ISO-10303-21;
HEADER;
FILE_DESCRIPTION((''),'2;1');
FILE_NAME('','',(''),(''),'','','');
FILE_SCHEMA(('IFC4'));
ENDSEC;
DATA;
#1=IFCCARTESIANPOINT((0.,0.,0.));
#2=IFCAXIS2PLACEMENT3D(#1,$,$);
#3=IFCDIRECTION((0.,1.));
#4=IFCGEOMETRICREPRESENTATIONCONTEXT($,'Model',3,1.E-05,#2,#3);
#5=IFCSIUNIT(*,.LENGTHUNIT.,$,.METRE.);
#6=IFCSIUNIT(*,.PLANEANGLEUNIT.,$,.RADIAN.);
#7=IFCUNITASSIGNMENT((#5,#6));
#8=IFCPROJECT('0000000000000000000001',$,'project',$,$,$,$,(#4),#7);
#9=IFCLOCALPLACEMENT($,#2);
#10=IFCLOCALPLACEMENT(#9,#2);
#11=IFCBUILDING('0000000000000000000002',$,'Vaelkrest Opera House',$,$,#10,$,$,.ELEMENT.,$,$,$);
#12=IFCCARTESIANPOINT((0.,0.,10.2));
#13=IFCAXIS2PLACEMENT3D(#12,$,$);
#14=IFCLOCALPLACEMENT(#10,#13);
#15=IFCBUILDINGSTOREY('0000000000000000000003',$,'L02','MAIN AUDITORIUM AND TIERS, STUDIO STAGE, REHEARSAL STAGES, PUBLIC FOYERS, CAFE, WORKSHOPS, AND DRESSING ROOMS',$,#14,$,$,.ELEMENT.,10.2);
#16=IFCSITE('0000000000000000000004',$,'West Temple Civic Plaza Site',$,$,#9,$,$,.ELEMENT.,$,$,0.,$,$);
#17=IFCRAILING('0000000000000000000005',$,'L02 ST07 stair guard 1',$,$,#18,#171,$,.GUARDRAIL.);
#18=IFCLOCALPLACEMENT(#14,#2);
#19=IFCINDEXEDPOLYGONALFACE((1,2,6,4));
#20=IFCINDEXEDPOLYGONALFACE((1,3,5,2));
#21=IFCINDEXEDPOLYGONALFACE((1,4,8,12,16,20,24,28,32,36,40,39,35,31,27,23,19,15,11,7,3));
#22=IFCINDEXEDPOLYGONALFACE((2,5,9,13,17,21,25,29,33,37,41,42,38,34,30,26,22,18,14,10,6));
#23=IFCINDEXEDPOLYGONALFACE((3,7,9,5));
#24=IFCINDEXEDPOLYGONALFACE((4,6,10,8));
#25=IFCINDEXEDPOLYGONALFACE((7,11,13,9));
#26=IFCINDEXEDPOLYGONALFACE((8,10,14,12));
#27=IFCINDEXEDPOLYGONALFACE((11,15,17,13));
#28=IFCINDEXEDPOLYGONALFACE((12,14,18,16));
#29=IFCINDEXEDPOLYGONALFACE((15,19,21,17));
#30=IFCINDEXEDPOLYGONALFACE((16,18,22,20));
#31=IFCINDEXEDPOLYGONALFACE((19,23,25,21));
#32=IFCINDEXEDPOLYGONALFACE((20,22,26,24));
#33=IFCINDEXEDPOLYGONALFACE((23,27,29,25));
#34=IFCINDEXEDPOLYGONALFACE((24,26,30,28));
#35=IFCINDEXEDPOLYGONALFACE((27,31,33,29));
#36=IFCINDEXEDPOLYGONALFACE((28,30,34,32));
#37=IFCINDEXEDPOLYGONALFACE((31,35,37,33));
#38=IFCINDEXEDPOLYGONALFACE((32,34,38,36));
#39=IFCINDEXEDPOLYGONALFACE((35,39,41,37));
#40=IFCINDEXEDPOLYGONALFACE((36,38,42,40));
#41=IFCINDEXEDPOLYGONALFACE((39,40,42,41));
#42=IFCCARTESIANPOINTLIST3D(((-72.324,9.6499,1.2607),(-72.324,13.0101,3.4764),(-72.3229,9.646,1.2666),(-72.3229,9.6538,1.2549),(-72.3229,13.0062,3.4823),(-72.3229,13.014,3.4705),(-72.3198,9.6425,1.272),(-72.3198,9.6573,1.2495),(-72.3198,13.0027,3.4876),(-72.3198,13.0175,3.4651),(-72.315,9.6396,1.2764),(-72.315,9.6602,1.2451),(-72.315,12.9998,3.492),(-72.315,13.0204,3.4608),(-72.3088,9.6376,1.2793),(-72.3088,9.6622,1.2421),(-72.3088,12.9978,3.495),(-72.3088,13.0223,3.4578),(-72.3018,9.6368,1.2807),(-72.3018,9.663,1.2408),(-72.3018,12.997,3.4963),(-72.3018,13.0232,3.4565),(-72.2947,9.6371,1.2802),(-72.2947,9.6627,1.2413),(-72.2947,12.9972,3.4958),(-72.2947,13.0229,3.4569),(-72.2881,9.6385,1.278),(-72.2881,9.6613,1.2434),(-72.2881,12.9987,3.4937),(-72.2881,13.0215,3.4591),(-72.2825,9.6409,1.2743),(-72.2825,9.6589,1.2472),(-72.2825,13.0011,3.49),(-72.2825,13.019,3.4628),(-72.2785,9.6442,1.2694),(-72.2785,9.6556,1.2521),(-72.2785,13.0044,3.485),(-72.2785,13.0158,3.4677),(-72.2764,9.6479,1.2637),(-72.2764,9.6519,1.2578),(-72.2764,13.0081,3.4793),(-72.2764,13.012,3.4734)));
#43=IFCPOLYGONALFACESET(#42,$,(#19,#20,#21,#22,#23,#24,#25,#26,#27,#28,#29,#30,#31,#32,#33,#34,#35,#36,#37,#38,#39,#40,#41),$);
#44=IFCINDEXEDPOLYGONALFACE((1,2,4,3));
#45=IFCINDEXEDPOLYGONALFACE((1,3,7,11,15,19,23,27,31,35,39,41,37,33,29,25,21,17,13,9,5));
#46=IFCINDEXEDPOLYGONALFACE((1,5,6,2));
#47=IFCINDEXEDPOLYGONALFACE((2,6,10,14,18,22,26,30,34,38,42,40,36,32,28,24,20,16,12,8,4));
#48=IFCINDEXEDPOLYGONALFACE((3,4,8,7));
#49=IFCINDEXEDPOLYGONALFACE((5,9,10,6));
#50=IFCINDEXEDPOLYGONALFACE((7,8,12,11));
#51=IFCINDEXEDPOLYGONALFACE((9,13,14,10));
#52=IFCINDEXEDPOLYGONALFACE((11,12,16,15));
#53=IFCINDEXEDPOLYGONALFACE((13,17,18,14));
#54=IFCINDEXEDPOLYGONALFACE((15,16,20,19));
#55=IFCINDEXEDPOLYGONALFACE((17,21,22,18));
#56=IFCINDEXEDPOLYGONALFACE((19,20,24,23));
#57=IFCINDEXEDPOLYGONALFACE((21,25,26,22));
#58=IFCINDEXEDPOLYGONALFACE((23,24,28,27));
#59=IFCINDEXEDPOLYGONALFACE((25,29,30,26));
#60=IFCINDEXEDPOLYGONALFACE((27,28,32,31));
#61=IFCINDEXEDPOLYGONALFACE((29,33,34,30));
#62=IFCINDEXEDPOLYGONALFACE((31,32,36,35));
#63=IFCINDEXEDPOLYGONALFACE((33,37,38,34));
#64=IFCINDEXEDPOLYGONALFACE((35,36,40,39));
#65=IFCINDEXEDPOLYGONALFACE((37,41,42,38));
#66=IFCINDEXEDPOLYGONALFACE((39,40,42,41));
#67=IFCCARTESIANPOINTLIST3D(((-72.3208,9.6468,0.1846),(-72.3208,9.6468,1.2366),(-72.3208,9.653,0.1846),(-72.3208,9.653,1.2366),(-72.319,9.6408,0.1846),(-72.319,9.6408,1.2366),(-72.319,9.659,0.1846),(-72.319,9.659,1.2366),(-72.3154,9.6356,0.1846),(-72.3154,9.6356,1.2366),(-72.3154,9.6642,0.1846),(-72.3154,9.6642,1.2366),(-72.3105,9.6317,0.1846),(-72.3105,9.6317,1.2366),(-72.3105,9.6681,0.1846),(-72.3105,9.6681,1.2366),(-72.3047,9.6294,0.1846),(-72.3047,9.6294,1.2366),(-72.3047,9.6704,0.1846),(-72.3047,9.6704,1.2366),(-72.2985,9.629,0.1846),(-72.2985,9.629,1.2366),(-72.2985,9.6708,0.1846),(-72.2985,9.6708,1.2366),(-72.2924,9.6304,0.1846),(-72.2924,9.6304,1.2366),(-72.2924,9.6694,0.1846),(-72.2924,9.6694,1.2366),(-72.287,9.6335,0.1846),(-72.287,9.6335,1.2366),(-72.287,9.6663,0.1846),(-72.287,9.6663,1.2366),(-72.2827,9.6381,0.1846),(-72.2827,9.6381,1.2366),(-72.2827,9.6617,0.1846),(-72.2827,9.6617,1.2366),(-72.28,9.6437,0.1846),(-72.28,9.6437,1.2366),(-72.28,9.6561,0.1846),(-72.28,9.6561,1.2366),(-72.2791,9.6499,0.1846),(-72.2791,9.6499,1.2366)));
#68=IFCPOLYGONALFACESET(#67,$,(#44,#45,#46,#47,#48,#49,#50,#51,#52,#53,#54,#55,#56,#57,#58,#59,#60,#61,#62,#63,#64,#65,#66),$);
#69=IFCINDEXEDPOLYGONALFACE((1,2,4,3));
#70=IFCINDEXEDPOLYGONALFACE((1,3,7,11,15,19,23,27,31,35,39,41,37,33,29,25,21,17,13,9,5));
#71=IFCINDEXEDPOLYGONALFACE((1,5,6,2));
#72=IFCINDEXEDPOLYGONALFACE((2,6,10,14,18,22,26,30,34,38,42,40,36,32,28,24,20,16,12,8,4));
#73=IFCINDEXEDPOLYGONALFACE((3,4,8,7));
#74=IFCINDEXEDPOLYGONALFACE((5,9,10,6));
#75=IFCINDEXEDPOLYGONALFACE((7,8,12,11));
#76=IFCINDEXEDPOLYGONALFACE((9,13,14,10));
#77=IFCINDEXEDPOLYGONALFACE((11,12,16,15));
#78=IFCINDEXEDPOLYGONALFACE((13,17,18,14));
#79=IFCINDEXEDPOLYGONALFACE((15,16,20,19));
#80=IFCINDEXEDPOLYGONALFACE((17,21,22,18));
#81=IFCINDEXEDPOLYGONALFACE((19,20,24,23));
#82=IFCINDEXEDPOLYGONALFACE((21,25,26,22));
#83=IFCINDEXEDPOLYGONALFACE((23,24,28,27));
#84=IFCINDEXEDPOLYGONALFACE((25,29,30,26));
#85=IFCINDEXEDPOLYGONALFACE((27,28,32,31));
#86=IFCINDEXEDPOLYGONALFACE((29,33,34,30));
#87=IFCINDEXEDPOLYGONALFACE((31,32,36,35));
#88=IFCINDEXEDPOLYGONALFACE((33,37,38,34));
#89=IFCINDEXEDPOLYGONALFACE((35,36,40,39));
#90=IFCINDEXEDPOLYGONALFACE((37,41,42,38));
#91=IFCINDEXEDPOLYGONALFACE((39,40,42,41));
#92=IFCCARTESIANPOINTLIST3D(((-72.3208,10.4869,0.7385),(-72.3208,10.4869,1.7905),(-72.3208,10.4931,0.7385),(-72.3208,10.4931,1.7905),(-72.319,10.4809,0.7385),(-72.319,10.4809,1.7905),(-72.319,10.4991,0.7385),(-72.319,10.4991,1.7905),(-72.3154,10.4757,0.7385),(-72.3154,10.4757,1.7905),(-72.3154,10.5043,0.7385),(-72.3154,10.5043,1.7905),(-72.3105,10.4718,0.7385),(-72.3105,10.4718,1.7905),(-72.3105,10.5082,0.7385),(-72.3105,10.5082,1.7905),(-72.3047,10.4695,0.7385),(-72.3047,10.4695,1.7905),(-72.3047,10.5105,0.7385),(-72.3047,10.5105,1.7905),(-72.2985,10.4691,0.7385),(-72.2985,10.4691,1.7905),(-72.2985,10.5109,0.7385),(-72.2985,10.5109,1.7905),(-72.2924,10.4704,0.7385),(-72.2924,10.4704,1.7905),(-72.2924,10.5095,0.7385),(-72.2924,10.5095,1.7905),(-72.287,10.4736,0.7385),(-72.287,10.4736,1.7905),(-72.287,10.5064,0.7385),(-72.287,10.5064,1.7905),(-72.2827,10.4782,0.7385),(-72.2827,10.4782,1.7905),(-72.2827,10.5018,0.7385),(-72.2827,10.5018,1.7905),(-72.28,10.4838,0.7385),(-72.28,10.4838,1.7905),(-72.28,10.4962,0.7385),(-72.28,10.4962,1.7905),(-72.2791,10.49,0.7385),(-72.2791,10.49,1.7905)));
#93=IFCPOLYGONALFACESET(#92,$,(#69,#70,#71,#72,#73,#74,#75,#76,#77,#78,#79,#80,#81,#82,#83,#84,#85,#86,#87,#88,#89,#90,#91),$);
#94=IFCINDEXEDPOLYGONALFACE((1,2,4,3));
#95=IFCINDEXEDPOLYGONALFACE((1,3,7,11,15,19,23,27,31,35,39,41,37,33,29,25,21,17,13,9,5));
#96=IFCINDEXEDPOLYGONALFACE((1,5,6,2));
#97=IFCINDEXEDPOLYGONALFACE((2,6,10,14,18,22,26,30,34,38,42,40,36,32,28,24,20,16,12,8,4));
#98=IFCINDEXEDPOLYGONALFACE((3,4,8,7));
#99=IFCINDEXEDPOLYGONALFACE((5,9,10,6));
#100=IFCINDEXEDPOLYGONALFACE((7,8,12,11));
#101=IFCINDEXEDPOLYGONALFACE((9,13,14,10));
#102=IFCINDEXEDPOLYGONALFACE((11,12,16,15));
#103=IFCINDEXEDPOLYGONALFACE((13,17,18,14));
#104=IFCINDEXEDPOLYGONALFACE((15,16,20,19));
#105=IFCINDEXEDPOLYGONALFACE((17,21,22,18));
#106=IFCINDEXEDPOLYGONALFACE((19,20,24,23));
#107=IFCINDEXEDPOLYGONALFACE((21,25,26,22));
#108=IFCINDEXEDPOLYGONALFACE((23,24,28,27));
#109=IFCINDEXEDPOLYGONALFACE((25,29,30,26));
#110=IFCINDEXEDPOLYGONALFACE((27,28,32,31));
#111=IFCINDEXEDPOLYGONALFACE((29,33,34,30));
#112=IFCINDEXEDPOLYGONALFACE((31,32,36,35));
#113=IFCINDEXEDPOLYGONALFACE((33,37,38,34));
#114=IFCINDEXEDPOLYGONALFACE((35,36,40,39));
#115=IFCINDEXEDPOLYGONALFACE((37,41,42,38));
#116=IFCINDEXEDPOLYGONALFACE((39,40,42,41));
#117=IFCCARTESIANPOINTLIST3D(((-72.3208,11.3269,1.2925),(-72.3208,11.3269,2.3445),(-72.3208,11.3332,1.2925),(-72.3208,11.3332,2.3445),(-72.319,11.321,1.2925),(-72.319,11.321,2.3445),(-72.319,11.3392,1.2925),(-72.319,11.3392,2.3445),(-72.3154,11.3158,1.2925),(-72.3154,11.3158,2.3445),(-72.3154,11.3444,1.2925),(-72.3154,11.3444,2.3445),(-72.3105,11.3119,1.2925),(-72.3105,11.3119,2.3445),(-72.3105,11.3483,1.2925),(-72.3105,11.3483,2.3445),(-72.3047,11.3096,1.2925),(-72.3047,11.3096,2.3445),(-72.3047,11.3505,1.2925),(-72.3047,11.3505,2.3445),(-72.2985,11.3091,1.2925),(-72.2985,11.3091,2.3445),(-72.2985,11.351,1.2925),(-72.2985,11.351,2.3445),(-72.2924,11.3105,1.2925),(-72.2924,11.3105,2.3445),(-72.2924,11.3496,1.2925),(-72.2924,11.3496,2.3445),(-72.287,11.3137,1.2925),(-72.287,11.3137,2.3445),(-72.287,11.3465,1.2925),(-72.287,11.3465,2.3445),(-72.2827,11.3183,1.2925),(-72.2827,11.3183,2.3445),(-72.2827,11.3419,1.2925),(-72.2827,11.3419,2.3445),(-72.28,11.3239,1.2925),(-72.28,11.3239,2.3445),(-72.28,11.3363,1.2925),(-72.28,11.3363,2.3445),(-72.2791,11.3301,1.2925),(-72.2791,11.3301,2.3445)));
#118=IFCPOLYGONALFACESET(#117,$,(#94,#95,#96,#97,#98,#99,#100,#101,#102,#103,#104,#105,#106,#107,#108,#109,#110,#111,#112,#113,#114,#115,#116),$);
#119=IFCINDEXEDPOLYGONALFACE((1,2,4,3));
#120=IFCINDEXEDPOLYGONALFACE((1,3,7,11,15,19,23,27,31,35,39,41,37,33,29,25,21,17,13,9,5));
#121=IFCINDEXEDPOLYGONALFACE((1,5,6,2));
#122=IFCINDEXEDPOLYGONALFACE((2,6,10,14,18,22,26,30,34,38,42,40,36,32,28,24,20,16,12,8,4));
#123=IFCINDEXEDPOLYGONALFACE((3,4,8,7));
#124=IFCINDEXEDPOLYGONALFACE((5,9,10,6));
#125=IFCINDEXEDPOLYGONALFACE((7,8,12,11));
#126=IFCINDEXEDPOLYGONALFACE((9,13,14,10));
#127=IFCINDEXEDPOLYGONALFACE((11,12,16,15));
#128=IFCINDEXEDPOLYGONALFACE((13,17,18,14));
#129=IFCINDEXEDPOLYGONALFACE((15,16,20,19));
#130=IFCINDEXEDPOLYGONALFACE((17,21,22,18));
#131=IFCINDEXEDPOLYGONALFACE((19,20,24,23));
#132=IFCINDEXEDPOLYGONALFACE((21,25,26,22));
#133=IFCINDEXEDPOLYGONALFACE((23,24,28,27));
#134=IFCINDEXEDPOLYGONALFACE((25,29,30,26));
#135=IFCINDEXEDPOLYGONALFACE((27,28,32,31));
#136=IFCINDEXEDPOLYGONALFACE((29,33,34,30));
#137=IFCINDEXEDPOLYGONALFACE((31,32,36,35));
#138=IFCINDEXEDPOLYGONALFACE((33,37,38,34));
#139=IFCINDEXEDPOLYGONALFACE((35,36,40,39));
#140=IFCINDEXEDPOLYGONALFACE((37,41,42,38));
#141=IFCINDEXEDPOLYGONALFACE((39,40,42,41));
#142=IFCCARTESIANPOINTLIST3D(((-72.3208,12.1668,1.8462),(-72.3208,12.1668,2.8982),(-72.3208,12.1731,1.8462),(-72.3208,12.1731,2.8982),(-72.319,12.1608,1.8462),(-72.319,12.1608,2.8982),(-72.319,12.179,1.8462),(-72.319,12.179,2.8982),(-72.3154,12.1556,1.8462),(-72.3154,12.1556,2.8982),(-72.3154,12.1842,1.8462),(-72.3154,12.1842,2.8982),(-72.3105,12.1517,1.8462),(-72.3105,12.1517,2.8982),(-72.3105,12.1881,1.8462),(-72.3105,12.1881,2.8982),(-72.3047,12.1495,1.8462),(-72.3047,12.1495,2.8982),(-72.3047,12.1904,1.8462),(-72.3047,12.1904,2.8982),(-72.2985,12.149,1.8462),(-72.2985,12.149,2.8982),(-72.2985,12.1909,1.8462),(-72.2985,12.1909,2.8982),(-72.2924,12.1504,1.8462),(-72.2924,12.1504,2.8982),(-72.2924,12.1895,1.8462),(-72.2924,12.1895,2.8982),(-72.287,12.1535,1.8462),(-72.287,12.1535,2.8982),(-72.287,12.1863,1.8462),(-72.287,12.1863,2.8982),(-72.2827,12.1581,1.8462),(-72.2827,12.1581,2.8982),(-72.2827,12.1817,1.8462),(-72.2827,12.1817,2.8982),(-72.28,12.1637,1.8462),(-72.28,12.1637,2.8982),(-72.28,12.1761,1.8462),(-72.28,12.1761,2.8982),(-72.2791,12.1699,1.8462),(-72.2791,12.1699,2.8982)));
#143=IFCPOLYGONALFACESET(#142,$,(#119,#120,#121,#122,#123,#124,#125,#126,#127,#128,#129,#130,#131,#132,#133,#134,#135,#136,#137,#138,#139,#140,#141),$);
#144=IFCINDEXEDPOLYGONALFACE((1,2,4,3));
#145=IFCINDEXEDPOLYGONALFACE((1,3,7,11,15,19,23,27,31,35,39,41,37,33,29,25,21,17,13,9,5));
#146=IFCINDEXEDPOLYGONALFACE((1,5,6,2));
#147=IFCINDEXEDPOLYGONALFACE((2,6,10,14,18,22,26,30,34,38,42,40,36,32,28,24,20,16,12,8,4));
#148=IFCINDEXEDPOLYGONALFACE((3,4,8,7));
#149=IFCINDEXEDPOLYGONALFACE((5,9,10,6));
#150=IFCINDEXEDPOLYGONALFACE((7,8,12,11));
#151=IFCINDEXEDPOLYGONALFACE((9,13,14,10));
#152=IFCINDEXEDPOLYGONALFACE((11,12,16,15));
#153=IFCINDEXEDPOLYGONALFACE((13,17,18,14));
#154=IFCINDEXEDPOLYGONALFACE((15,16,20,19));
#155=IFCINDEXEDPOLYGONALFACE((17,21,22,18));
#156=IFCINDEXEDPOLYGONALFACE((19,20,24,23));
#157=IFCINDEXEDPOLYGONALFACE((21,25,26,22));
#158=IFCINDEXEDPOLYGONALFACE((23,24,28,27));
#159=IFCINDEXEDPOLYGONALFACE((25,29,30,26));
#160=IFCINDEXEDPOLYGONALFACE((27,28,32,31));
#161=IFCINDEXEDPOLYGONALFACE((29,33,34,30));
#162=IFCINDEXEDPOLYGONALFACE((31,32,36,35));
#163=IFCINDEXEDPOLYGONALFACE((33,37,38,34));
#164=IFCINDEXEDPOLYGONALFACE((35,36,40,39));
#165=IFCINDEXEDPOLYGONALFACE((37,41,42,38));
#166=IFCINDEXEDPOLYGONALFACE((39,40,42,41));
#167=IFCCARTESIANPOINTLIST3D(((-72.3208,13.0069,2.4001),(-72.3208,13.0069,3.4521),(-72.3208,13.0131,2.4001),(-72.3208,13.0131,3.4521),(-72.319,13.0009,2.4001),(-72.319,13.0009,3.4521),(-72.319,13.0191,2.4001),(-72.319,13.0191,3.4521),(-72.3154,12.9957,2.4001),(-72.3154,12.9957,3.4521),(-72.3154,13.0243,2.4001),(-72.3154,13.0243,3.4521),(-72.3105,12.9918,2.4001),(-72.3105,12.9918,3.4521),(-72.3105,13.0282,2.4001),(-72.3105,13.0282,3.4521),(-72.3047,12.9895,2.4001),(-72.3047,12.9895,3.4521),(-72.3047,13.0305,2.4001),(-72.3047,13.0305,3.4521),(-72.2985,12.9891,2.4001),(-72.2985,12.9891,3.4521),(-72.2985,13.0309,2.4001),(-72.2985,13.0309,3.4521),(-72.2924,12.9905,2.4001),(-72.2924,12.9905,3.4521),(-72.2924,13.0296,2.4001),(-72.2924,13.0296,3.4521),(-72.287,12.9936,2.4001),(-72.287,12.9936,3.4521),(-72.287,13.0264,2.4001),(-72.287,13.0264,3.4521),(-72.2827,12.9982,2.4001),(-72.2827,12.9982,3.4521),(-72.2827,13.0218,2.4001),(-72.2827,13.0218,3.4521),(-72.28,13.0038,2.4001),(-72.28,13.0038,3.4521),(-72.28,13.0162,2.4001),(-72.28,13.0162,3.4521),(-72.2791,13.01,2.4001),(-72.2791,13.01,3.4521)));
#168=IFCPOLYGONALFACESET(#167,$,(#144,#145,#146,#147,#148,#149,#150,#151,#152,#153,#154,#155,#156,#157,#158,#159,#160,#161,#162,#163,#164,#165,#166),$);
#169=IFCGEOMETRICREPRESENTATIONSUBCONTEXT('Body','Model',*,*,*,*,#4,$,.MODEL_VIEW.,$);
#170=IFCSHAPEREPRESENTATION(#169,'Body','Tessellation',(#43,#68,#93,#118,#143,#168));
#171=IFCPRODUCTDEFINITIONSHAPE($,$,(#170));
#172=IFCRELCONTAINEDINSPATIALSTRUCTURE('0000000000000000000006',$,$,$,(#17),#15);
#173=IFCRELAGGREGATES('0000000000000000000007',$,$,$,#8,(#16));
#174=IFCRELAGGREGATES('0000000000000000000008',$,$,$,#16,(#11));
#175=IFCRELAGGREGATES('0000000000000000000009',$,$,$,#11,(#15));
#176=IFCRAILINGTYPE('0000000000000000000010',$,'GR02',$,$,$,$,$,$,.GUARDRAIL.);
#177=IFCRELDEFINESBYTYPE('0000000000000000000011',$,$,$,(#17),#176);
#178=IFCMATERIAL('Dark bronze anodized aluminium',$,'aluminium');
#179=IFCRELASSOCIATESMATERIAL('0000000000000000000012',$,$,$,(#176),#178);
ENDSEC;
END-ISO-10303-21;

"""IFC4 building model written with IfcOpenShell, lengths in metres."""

from ifc_helpers import new_model, si_unit, direction, frame, origin, origin_2d, place, context, subcontext, project, spatial, circle, extrude, material, type_object, element, save


model = new_model("IFC4")

# Units and contexts
model_context = context("Model", 3, precision=1e-05, world=origin(), true_north=direction((0.0, 1.0)))
body_context = subcontext(model_context, "Body", "Model", "MODEL_VIEW")
ifc_project = project(units=[si_unit("LENGTHUNIT", "METRE"), si_unit("PLANEANGLEUNIT", "RADIAN")], contexts=[model_context])

# Site, building, storey
site_placement = place(None, origin())
site = spatial("IfcSite", under=ifc_project, at=site_placement, Name="West Temple Civic Plaza Site", CompositionType="ELEMENT", RefElevation=0.0)
building_placement = place(site_placement, origin())
building = spatial("IfcBuilding", under=site, at=building_placement, Name="Vaelkrest Opera House", CompositionType="ELEMENT")
storey_placement = place(building_placement, frame((0.0, 0.0, 10.2)))
storey = spatial("IfcBuildingStorey", under=building, at=storey_placement, Name="L02", Description="MAIN AUDITORIUM AND TIERS, STUDIO STAGE, REHEARSAL STAGES, PUBLIC FOYERS, CAFE, WORKSHOPS, AND DRESSING ROOMS", CompositionType="ELEMENT", Elevation=10.2)

# Shared definitions
ifc_material_1 = material(Name="Dark bronze anodized aluminium", Category="aluminium")

# Railing
railing_type_1 = type_object("IfcRailingType", Name="GR02", PredefinedType="GUARDRAIL", material=ifc_material_1)
railing_1_placement = place(storey_placement, frame((-72.3, 9.6499, 0.1846)))
element("IfcRailing", 1, at=railing_1_placement, inside=storey, type_object=railing_type_1, Name="L02 ST07 stair guard 1", PredefinedType="GUARDRAIL", context=body_context, shape_type="SweptSolid", body=[
    extrude(circle(Radius=0.0239, at=origin_2d()), frame((0.0, 0.0, 1.0762), z_axis=(0.0, 0.834849, 0.55048), x_axis=(-1.0, 0.0, 0.0)), (0.0, 0.0, 1.0), 4.0249),
    extrude(circle(Radius=0.021, at=origin_2d()), origin(), (0.0, 0.0, 1.0), 1.052),
    extrude(circle(Radius=0.021, at=origin_2d()), frame((0.0, 0.8401, 0.554)), (0.0, 0.0, 1.0), 1.052),
    extrude(circle(Radius=0.021, at=origin_2d()), frame((0.0, 1.6802, 1.1079)), (0.0, 0.0, 1.0), 1.052),
    extrude(circle(Radius=0.021, at=origin_2d()), frame((0.0, 2.52, 1.6616)), (0.0, 0.0, 1.0), 1.052),
    extrude(circle(Radius=0.021, at=origin_2d()), frame((0.0, 3.3601, 2.2156)), (0.0, 0.0, 1.0), 1.052),
])

save(model, "model.ifc")
